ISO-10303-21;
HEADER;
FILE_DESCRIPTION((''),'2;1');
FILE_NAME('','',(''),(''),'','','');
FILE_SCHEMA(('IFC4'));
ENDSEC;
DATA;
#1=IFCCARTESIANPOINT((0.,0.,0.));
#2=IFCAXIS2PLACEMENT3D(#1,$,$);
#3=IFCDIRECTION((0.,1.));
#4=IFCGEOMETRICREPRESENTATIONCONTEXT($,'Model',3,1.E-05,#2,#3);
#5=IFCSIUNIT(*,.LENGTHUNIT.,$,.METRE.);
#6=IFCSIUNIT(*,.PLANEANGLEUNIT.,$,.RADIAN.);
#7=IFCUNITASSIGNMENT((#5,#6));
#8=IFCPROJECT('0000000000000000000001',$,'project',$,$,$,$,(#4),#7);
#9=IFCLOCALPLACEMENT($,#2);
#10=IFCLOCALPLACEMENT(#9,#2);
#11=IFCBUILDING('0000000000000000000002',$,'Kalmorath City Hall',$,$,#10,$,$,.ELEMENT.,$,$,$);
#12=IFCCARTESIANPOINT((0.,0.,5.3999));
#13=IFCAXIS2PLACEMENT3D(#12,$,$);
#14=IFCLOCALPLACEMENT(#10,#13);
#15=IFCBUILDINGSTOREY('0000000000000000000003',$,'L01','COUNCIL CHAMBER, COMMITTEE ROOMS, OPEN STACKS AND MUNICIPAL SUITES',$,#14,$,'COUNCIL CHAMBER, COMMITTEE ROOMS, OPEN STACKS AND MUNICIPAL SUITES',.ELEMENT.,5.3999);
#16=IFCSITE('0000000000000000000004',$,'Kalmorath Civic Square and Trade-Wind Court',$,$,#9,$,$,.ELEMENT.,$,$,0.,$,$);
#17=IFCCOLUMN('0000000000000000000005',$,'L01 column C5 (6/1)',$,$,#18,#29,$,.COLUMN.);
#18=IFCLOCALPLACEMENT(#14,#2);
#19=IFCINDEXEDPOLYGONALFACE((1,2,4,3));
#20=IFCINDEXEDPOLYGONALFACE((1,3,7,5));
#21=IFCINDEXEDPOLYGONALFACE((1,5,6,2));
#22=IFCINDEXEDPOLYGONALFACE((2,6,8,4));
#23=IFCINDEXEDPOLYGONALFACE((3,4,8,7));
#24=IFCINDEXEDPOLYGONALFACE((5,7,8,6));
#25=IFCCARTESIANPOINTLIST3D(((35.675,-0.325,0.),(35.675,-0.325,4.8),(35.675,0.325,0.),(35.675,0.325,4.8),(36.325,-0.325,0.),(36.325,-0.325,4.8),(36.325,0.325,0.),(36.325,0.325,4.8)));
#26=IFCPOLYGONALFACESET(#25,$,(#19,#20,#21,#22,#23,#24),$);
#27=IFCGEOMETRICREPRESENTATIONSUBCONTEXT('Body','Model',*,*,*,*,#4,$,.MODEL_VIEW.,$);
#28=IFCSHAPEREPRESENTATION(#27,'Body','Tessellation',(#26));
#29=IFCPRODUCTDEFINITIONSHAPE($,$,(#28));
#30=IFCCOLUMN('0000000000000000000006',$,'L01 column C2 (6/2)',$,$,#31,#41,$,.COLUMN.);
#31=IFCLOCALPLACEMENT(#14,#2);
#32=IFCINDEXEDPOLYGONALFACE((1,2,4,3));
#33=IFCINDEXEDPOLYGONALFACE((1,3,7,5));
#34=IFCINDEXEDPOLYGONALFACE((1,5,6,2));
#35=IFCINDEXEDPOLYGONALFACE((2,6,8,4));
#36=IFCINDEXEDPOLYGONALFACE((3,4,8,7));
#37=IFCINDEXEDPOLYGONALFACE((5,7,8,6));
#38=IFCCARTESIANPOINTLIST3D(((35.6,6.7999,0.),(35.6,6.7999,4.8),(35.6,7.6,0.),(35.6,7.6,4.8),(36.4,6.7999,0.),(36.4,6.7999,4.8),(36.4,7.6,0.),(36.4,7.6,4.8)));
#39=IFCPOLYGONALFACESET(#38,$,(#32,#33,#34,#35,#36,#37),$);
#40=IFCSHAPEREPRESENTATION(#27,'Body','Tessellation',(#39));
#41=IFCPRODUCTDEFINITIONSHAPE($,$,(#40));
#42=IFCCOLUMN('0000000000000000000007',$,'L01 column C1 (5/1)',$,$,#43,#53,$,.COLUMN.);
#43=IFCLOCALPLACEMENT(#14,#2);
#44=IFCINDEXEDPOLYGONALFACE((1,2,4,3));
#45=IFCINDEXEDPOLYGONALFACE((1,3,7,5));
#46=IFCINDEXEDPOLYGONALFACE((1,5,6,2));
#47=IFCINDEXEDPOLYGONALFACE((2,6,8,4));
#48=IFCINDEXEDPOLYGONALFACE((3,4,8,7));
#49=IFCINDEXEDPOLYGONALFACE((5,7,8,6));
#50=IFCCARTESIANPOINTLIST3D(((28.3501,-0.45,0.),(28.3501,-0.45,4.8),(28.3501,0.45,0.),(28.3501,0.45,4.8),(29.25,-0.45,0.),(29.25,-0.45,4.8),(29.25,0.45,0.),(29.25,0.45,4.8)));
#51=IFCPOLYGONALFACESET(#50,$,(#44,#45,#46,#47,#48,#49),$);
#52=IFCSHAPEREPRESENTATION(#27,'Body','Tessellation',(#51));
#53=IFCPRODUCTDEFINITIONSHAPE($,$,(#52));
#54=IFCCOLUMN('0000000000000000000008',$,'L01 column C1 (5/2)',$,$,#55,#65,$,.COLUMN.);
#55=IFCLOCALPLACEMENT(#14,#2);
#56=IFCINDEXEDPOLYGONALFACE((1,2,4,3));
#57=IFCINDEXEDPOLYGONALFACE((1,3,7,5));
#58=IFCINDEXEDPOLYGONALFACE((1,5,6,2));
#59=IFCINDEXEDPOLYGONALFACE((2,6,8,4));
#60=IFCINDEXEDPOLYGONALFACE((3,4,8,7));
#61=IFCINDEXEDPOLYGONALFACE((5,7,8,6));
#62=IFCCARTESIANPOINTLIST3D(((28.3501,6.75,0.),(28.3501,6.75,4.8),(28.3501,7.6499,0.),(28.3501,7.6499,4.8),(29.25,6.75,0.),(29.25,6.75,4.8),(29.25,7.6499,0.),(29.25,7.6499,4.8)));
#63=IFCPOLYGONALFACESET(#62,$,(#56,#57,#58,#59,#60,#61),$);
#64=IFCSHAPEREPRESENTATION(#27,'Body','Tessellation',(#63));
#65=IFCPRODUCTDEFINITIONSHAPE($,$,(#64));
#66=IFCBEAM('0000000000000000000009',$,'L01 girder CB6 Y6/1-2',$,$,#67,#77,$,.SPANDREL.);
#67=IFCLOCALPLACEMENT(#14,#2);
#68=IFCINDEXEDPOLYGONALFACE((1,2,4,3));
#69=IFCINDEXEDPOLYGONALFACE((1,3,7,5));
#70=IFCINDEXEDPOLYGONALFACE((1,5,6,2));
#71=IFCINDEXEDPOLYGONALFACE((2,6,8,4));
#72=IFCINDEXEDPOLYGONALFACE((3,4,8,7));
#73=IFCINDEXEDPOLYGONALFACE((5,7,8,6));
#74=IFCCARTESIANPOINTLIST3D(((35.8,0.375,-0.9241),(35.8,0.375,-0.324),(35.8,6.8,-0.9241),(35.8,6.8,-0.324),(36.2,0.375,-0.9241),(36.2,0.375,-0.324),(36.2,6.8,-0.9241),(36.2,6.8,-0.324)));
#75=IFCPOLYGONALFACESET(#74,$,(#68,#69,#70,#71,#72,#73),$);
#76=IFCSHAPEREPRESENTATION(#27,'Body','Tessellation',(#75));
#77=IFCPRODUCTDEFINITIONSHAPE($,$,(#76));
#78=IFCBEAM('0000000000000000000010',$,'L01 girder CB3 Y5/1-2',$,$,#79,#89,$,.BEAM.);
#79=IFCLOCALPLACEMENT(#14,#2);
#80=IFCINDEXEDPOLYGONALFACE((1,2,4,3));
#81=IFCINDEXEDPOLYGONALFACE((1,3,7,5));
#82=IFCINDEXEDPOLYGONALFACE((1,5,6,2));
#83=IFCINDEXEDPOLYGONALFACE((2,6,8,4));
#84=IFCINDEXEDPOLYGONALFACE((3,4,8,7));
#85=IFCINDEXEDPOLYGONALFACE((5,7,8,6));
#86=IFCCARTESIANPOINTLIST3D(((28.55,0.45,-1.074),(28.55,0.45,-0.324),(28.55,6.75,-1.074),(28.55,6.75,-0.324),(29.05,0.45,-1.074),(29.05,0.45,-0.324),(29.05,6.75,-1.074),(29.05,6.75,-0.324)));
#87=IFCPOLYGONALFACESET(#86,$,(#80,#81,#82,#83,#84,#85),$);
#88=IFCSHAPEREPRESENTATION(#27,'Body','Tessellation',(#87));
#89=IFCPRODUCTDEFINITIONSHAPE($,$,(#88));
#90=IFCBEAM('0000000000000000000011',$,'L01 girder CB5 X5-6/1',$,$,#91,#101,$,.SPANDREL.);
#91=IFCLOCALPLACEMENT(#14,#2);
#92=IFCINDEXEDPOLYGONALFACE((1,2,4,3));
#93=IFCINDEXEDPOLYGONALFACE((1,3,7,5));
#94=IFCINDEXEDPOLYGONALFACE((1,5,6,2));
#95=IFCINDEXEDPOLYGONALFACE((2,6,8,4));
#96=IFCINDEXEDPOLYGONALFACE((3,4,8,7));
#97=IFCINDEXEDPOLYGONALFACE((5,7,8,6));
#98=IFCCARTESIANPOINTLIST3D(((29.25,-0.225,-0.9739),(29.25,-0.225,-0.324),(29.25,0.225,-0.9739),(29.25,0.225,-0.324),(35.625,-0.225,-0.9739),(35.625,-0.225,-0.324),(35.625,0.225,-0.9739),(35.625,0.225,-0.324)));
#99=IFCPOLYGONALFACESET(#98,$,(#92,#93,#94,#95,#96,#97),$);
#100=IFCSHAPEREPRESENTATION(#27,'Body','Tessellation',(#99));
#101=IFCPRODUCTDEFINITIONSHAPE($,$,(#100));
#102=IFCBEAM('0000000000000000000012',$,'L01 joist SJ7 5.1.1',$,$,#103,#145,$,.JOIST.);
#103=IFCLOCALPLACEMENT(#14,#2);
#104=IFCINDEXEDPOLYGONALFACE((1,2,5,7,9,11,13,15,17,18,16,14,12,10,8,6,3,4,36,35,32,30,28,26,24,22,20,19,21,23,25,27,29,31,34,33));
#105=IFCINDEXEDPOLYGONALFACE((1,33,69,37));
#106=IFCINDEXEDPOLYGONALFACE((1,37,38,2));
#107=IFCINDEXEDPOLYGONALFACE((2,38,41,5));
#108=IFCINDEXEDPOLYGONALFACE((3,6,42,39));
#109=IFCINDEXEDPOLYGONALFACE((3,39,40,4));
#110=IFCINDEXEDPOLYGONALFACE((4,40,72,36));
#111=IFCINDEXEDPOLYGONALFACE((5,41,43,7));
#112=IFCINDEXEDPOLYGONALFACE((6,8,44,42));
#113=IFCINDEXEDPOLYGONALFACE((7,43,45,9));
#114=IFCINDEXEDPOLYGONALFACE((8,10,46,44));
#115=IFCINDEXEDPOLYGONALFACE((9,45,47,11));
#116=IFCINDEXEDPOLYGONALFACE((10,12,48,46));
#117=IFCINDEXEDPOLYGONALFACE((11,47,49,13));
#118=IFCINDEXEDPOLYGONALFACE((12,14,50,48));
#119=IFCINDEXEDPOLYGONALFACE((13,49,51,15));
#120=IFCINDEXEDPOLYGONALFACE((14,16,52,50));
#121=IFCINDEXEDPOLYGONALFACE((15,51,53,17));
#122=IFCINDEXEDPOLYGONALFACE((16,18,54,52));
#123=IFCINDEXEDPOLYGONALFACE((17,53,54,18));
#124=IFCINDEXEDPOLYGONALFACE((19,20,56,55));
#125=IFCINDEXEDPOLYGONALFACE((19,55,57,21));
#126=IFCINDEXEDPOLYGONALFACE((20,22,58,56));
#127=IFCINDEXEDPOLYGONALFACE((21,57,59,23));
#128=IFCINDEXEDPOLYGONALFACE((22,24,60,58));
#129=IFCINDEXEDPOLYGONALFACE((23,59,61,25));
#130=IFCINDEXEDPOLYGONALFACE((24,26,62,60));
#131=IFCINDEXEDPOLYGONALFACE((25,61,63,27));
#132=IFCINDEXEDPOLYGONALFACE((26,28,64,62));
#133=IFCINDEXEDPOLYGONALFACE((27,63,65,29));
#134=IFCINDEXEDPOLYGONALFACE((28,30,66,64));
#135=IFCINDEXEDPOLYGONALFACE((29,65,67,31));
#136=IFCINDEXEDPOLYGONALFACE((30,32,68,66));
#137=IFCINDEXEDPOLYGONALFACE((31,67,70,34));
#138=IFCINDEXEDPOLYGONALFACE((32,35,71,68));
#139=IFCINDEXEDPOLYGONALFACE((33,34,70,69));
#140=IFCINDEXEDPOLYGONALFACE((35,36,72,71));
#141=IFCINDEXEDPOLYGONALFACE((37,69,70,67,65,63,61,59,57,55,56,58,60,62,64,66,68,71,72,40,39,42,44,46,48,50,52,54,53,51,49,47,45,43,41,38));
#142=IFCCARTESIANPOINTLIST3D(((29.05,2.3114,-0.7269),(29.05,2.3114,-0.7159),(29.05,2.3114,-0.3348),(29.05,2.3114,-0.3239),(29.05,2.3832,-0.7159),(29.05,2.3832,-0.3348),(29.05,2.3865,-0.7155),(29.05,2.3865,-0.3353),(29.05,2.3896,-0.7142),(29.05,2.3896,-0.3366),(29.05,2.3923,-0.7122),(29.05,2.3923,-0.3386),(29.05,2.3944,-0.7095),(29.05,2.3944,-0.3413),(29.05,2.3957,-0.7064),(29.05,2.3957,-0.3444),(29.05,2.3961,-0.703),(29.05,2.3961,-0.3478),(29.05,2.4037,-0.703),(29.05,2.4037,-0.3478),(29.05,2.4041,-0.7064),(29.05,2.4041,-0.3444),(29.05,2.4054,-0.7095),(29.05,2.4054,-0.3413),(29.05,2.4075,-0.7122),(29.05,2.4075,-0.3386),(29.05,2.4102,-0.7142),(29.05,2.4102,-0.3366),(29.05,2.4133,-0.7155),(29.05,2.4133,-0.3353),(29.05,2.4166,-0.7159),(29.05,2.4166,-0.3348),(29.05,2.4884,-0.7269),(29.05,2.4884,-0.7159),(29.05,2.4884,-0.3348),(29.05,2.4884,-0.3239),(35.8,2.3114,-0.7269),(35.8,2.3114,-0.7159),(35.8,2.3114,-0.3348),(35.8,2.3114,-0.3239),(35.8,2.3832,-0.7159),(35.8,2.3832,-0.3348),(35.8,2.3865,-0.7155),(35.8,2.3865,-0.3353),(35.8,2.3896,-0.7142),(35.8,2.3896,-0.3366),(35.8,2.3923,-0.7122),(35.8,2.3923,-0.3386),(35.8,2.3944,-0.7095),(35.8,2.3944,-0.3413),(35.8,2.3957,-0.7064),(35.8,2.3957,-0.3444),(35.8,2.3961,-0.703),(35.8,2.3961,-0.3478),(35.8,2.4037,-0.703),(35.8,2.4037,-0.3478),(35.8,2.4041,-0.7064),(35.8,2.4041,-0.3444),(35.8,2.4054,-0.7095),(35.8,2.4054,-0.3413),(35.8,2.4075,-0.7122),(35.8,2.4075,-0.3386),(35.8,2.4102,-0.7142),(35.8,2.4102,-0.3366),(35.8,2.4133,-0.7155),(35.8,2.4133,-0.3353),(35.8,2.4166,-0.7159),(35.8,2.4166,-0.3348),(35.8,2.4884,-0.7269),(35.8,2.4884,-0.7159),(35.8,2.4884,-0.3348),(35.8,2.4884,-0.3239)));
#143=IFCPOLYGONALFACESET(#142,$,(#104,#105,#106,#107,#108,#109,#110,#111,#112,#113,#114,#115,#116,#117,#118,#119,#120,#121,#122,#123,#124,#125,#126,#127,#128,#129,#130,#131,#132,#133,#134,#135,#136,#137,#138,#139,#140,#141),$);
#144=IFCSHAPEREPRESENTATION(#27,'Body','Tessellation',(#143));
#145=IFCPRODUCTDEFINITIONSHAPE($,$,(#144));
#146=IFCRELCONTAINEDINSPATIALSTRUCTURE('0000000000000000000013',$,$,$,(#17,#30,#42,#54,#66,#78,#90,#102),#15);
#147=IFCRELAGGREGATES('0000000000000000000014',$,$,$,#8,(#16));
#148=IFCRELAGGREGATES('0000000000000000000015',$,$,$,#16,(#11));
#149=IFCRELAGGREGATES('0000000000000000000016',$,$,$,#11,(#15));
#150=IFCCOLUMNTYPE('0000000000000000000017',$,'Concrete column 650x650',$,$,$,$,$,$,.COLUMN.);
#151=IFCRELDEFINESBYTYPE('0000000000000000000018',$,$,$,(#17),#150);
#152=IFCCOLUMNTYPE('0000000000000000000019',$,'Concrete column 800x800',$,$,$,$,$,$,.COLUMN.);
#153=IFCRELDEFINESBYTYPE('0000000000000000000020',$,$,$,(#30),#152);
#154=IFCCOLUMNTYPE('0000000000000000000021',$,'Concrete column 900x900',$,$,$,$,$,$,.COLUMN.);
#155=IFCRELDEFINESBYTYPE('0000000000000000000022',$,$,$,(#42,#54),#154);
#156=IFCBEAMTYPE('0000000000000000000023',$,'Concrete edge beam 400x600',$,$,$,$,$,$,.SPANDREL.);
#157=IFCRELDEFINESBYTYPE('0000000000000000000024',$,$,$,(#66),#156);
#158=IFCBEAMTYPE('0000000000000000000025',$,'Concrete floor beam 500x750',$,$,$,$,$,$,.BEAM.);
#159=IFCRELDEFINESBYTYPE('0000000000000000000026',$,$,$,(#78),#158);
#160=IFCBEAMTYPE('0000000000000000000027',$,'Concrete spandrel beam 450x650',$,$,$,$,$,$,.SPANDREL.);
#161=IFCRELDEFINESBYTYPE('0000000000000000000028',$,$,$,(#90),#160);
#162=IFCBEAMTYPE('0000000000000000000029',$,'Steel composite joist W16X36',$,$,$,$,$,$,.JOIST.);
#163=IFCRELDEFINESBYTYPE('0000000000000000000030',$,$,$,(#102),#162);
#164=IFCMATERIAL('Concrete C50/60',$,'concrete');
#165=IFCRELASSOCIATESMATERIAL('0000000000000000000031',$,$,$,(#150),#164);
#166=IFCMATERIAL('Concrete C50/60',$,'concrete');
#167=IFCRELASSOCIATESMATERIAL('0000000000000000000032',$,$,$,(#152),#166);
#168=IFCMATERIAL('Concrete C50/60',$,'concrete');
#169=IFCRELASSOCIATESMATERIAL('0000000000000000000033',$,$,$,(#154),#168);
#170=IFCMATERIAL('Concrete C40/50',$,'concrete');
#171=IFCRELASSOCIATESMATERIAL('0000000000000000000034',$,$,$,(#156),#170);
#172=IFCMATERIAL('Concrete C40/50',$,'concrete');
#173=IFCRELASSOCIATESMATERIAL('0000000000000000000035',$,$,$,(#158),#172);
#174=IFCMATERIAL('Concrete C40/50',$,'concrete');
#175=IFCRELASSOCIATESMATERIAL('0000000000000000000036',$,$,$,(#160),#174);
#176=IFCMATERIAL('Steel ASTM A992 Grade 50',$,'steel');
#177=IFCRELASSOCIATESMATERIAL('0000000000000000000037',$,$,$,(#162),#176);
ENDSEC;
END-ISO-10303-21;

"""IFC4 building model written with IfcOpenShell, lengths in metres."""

from ifc_helpers import new_model, si_unit, direction, frame, origin, origin_2d, place, context, subcontext, project, spatial, rectangle, i_section, extrude, material, material_profile, profile_set, type_object, element, save


model = new_model("IFC4")

# Units and contexts
model_context = context("Model", 3, precision=1e-05, world=origin(), true_north=direction((0.0, 1.0)))
body_context = subcontext(model_context, "Body", "Model", "MODEL_VIEW")
ifc_project = project(units=[si_unit("LENGTHUNIT", "METRE"), si_unit("PLANEANGLEUNIT", "RADIAN")], contexts=[model_context])

# Site, building, storey
site_placement = place(None, origin())
site = spatial("IfcSite", under=ifc_project, at=site_placement, Name="Kalmorath Civic Square and Trade-Wind Court", CompositionType="ELEMENT", RefElevation=0.0)
building_placement = place(site_placement, origin())
building = spatial("IfcBuilding", under=site, at=building_placement, Name="Kalmorath City Hall", CompositionType="ELEMENT")
storey_placement = place(building_placement, frame((0.0, 0.0, 5.3999)))
storey = spatial("IfcBuildingStorey", under=building, at=storey_placement, Name="L01", Description="COUNCIL CHAMBER, COMMITTEE ROOMS, OPEN STACKS AND MUNICIPAL SUITES", LongName="COUNCIL CHAMBER, COMMITTEE ROOMS, OPEN STACKS AND MUNICIPAL SUITES", CompositionType="ELEMENT", Elevation=5.3999)

# Columns
ifc_material_1 = material(Name="Concrete C50/60", Category="concrete")
ifc_material_profile_1 = material_profile(ifc_material_1, rectangle(XDim=0.6499, YDim=0.6499, at=origin_2d()), Name="RC-COL-650X650")
ifc_profile_set_1 = profile_set([ifc_material_profile_1], Name="Concrete C50/60")
column_type_1 = type_object("IfcColumnType", Name="Concrete column 650x650", PredefinedType="COLUMN", material=ifc_profile_set_1)
column_1_placement = place(storey_placement, frame((36.0, 0.0, 0.0), z_axis=(0.0, 0.0, 1.0), x_axis=(1.0, 0.0, 0.0)))
element("IfcColumn", 1, at=column_1_placement, inside=storey, type_object=column_type_1, Name="L01 column C5 (6/1)", PredefinedType="COLUMN", context=body_context, shape_type="SweptSolid", body=[
    extrude(rectangle(XDim=0.6499, YDim=0.6499, at=origin_2d()), origin(), (0.0, 0.0, 1.0), 4.8),
])
ifc_material_2 = material(Name="Concrete C50/60", Category="concrete")
ifc_material_profile_2 = material_profile(ifc_material_2, rectangle(XDim=0.8, YDim=0.8, at=origin_2d()), Name="RC-COL-800X800")
ifc_profile_set_2 = profile_set([ifc_material_profile_2], Name="Concrete C50/60")
column_type_2 = type_object("IfcColumnType", Name="Concrete column 800x800", PredefinedType="COLUMN", material=ifc_profile_set_2)
column_2_placement = place(storey_placement, frame((36.0, 7.2, 0.0), z_axis=(0.0, 0.0, 1.0), x_axis=(1.0, 0.0, 0.0)))
element("IfcColumn", 2, at=column_2_placement, inside=storey, type_object=column_type_2, Name="L01 column C2 (6/2)", PredefinedType="COLUMN", context=body_context, shape_type="SweptSolid", body=[
    extrude(rectangle(XDim=0.8, YDim=0.8, at=origin_2d()), origin(), (0.0, 0.0, 1.0), 4.8),
])
ifc_material_3 = material(Name="Concrete C50/60", Category="concrete")
ifc_material_profile_3 = material_profile(ifc_material_3, rectangle(XDim=0.8999, YDim=0.8999, at=origin_2d()), Name="RC-COL-900X900")
ifc_profile_set_3 = profile_set([ifc_material_profile_3], Name="Concrete C50/60")
column_type_3 = type_object("IfcColumnType", Name="Concrete column 900x900", PredefinedType="COLUMN", material=ifc_profile_set_3)
for number, where, z_axis, x_axis, name in (
    (3, (28.8, 0.0, 0.0), (0.0, 0.0, 1.0), (1.0, 0.0, 0.0), "L01 column C1 (5/1)"),
    (4, (28.8, 7.2, 0.0), (0.0, 0.0, 1.0), (1.0, 0.0, 0.0), "L01 column C1 (5/2)"),
):
    element("IfcColumn", number, at=place(storey_placement, frame(where, z_axis=z_axis, x_axis=x_axis)), inside=storey, type_object=column_type_3, Name=name, PredefinedType="COLUMN", context=body_context, shape_type="SweptSolid", body=[
        extrude(rectangle(XDim=0.8999, YDim=0.8999, at=origin_2d()), origin(), (0.0, 0.0, 1.0), 4.8),
    ])

# Beams
ifc_material_4 = material(Name="Concrete C40/50", Category="concrete")
ifc_material_profile_4 = material_profile(ifc_material_4, rectangle(XDim=0.3999, YDim=0.6001, at=origin_2d()), Name="RC-BM-400X600")
ifc_profile_set_4 = profile_set([ifc_material_profile_4], Name="Concrete C40/50")
beam_type_1 = type_object("IfcBeamType", Name="Concrete edge beam 400x600", PredefinedType="SPANDREL", material=ifc_profile_set_4)
beam_1_placement = place(storey_placement, frame((36.0, 0.375, -0.624), z_axis=(0.0, 1.0, 0.0), x_axis=(-1.0, 0.0, 0.0)))
element("IfcBeam", 5, at=beam_1_placement, inside=storey, type_object=beam_type_1, Name="L01 girder CB6 Y6/1-2", PredefinedType="SPANDREL", context=body_context, shape_type="SweptSolid", body=[
    extrude(rectangle(XDim=0.3999, YDim=0.6001, at=origin_2d()), origin(), (0.0, 0.0, 1.0), 6.425),
])
ifc_material_5 = material(Name="Concrete C40/50", Category="concrete")
ifc_material_profile_5 = material_profile(ifc_material_5, rectangle(XDim=0.5, YDim=0.75, at=origin_2d()), Name="RC-BM-500X750")
ifc_profile_set_5 = profile_set([ifc_material_profile_5], Name="Concrete C40/50")
beam_type_2 = type_object("IfcBeamType", Name="Concrete floor beam 500x750", PredefinedType="BEAM", material=ifc_profile_set_5)
beam_2_placement = place(storey_placement, frame((28.8, 0.45, -0.699), z_axis=(0.0, 1.0, 0.0), x_axis=(-1.0, 0.0, 0.0)))
element("IfcBeam", 6, at=beam_2_placement, inside=storey, type_object=beam_type_2, Name="L01 girder CB3 Y5/1-2", PredefinedType="BEAM", context=body_context, shape_type="SweptSolid", body=[
    extrude(rectangle(XDim=0.5, YDim=0.75, at=origin_2d()), origin(), (0.0, 0.0, 1.0), 6.3),
])
ifc_material_6 = material(Name="Concrete C40/50", Category="concrete")
ifc_material_profile_6 = material_profile(ifc_material_6, rectangle(XDim=0.45, YDim=0.6499, at=origin_2d()), Name="RC-BM-450X650")
ifc_profile_set_6 = profile_set([ifc_material_profile_6], Name="Concrete C40/50")
beam_type_3 = type_object("IfcBeamType", Name="Concrete spandrel beam 450x650", PredefinedType="SPANDREL", material=ifc_profile_set_6)
beam_3_placement = place(storey_placement, frame((29.25, 0.0, -0.6489), z_axis=(1.0, 0.0, 0.0), x_axis=(0.0, 1.0, 0.0)))
element("IfcBeam", 7, at=beam_3_placement, inside=storey, type_object=beam_type_3, Name="L01 girder CB5 X5-6/1", PredefinedType="SPANDREL", context=body_context, shape_type="SweptSolid", body=[
    extrude(rectangle(XDim=0.45, YDim=0.6499, at=origin_2d()), origin(), (0.0, 0.0, 1.0), 6.375),
])
ifc_material_7 = material(Name="Steel ASTM A992 Grade 50", Category="steel")
ifc_material_profile_7 = material_profile(ifc_material_7, i_section(OverallWidth=0.177, OverallDepth=0.4031, WebThickness=0.0076, FlangeThickness=0.011, FilletRadius=0.0129, at=origin_2d()), Name="W16X36")
ifc_profile_set_7 = profile_set([ifc_material_profile_7], Name="Steel ASTM A992 Grade 50")
beam_type_4 = type_object("IfcBeamType", Name="Steel composite joist W16X36", PredefinedType="JOIST", material=ifc_profile_set_7)
for number, where, z_axis, x_axis, name in (
    (8, (29.05, 2.3999, -0.5254), (1.0, 0.0, 0.0), (0.0, 1.0, 0.0), "L01 joist SJ7 5.1.1"),
):
    element("IfcBeam", number, at=place(storey_placement, frame(where, z_axis=z_axis, x_axis=x_axis)), inside=storey, type_object=beam_type_4, Name=name, PredefinedType="JOIST", context=body_context, shape_type="SweptSolid", body=[
        extrude(i_section(OverallWidth=0.177, OverallDepth=0.4031, WebThickness=0.0076, FlangeThickness=0.011, FilletRadius=0.0129, at=origin_2d()), origin(), (0.0, 0.0, 1.0), 6.75),
    ])

save(model, "model.ifc")
